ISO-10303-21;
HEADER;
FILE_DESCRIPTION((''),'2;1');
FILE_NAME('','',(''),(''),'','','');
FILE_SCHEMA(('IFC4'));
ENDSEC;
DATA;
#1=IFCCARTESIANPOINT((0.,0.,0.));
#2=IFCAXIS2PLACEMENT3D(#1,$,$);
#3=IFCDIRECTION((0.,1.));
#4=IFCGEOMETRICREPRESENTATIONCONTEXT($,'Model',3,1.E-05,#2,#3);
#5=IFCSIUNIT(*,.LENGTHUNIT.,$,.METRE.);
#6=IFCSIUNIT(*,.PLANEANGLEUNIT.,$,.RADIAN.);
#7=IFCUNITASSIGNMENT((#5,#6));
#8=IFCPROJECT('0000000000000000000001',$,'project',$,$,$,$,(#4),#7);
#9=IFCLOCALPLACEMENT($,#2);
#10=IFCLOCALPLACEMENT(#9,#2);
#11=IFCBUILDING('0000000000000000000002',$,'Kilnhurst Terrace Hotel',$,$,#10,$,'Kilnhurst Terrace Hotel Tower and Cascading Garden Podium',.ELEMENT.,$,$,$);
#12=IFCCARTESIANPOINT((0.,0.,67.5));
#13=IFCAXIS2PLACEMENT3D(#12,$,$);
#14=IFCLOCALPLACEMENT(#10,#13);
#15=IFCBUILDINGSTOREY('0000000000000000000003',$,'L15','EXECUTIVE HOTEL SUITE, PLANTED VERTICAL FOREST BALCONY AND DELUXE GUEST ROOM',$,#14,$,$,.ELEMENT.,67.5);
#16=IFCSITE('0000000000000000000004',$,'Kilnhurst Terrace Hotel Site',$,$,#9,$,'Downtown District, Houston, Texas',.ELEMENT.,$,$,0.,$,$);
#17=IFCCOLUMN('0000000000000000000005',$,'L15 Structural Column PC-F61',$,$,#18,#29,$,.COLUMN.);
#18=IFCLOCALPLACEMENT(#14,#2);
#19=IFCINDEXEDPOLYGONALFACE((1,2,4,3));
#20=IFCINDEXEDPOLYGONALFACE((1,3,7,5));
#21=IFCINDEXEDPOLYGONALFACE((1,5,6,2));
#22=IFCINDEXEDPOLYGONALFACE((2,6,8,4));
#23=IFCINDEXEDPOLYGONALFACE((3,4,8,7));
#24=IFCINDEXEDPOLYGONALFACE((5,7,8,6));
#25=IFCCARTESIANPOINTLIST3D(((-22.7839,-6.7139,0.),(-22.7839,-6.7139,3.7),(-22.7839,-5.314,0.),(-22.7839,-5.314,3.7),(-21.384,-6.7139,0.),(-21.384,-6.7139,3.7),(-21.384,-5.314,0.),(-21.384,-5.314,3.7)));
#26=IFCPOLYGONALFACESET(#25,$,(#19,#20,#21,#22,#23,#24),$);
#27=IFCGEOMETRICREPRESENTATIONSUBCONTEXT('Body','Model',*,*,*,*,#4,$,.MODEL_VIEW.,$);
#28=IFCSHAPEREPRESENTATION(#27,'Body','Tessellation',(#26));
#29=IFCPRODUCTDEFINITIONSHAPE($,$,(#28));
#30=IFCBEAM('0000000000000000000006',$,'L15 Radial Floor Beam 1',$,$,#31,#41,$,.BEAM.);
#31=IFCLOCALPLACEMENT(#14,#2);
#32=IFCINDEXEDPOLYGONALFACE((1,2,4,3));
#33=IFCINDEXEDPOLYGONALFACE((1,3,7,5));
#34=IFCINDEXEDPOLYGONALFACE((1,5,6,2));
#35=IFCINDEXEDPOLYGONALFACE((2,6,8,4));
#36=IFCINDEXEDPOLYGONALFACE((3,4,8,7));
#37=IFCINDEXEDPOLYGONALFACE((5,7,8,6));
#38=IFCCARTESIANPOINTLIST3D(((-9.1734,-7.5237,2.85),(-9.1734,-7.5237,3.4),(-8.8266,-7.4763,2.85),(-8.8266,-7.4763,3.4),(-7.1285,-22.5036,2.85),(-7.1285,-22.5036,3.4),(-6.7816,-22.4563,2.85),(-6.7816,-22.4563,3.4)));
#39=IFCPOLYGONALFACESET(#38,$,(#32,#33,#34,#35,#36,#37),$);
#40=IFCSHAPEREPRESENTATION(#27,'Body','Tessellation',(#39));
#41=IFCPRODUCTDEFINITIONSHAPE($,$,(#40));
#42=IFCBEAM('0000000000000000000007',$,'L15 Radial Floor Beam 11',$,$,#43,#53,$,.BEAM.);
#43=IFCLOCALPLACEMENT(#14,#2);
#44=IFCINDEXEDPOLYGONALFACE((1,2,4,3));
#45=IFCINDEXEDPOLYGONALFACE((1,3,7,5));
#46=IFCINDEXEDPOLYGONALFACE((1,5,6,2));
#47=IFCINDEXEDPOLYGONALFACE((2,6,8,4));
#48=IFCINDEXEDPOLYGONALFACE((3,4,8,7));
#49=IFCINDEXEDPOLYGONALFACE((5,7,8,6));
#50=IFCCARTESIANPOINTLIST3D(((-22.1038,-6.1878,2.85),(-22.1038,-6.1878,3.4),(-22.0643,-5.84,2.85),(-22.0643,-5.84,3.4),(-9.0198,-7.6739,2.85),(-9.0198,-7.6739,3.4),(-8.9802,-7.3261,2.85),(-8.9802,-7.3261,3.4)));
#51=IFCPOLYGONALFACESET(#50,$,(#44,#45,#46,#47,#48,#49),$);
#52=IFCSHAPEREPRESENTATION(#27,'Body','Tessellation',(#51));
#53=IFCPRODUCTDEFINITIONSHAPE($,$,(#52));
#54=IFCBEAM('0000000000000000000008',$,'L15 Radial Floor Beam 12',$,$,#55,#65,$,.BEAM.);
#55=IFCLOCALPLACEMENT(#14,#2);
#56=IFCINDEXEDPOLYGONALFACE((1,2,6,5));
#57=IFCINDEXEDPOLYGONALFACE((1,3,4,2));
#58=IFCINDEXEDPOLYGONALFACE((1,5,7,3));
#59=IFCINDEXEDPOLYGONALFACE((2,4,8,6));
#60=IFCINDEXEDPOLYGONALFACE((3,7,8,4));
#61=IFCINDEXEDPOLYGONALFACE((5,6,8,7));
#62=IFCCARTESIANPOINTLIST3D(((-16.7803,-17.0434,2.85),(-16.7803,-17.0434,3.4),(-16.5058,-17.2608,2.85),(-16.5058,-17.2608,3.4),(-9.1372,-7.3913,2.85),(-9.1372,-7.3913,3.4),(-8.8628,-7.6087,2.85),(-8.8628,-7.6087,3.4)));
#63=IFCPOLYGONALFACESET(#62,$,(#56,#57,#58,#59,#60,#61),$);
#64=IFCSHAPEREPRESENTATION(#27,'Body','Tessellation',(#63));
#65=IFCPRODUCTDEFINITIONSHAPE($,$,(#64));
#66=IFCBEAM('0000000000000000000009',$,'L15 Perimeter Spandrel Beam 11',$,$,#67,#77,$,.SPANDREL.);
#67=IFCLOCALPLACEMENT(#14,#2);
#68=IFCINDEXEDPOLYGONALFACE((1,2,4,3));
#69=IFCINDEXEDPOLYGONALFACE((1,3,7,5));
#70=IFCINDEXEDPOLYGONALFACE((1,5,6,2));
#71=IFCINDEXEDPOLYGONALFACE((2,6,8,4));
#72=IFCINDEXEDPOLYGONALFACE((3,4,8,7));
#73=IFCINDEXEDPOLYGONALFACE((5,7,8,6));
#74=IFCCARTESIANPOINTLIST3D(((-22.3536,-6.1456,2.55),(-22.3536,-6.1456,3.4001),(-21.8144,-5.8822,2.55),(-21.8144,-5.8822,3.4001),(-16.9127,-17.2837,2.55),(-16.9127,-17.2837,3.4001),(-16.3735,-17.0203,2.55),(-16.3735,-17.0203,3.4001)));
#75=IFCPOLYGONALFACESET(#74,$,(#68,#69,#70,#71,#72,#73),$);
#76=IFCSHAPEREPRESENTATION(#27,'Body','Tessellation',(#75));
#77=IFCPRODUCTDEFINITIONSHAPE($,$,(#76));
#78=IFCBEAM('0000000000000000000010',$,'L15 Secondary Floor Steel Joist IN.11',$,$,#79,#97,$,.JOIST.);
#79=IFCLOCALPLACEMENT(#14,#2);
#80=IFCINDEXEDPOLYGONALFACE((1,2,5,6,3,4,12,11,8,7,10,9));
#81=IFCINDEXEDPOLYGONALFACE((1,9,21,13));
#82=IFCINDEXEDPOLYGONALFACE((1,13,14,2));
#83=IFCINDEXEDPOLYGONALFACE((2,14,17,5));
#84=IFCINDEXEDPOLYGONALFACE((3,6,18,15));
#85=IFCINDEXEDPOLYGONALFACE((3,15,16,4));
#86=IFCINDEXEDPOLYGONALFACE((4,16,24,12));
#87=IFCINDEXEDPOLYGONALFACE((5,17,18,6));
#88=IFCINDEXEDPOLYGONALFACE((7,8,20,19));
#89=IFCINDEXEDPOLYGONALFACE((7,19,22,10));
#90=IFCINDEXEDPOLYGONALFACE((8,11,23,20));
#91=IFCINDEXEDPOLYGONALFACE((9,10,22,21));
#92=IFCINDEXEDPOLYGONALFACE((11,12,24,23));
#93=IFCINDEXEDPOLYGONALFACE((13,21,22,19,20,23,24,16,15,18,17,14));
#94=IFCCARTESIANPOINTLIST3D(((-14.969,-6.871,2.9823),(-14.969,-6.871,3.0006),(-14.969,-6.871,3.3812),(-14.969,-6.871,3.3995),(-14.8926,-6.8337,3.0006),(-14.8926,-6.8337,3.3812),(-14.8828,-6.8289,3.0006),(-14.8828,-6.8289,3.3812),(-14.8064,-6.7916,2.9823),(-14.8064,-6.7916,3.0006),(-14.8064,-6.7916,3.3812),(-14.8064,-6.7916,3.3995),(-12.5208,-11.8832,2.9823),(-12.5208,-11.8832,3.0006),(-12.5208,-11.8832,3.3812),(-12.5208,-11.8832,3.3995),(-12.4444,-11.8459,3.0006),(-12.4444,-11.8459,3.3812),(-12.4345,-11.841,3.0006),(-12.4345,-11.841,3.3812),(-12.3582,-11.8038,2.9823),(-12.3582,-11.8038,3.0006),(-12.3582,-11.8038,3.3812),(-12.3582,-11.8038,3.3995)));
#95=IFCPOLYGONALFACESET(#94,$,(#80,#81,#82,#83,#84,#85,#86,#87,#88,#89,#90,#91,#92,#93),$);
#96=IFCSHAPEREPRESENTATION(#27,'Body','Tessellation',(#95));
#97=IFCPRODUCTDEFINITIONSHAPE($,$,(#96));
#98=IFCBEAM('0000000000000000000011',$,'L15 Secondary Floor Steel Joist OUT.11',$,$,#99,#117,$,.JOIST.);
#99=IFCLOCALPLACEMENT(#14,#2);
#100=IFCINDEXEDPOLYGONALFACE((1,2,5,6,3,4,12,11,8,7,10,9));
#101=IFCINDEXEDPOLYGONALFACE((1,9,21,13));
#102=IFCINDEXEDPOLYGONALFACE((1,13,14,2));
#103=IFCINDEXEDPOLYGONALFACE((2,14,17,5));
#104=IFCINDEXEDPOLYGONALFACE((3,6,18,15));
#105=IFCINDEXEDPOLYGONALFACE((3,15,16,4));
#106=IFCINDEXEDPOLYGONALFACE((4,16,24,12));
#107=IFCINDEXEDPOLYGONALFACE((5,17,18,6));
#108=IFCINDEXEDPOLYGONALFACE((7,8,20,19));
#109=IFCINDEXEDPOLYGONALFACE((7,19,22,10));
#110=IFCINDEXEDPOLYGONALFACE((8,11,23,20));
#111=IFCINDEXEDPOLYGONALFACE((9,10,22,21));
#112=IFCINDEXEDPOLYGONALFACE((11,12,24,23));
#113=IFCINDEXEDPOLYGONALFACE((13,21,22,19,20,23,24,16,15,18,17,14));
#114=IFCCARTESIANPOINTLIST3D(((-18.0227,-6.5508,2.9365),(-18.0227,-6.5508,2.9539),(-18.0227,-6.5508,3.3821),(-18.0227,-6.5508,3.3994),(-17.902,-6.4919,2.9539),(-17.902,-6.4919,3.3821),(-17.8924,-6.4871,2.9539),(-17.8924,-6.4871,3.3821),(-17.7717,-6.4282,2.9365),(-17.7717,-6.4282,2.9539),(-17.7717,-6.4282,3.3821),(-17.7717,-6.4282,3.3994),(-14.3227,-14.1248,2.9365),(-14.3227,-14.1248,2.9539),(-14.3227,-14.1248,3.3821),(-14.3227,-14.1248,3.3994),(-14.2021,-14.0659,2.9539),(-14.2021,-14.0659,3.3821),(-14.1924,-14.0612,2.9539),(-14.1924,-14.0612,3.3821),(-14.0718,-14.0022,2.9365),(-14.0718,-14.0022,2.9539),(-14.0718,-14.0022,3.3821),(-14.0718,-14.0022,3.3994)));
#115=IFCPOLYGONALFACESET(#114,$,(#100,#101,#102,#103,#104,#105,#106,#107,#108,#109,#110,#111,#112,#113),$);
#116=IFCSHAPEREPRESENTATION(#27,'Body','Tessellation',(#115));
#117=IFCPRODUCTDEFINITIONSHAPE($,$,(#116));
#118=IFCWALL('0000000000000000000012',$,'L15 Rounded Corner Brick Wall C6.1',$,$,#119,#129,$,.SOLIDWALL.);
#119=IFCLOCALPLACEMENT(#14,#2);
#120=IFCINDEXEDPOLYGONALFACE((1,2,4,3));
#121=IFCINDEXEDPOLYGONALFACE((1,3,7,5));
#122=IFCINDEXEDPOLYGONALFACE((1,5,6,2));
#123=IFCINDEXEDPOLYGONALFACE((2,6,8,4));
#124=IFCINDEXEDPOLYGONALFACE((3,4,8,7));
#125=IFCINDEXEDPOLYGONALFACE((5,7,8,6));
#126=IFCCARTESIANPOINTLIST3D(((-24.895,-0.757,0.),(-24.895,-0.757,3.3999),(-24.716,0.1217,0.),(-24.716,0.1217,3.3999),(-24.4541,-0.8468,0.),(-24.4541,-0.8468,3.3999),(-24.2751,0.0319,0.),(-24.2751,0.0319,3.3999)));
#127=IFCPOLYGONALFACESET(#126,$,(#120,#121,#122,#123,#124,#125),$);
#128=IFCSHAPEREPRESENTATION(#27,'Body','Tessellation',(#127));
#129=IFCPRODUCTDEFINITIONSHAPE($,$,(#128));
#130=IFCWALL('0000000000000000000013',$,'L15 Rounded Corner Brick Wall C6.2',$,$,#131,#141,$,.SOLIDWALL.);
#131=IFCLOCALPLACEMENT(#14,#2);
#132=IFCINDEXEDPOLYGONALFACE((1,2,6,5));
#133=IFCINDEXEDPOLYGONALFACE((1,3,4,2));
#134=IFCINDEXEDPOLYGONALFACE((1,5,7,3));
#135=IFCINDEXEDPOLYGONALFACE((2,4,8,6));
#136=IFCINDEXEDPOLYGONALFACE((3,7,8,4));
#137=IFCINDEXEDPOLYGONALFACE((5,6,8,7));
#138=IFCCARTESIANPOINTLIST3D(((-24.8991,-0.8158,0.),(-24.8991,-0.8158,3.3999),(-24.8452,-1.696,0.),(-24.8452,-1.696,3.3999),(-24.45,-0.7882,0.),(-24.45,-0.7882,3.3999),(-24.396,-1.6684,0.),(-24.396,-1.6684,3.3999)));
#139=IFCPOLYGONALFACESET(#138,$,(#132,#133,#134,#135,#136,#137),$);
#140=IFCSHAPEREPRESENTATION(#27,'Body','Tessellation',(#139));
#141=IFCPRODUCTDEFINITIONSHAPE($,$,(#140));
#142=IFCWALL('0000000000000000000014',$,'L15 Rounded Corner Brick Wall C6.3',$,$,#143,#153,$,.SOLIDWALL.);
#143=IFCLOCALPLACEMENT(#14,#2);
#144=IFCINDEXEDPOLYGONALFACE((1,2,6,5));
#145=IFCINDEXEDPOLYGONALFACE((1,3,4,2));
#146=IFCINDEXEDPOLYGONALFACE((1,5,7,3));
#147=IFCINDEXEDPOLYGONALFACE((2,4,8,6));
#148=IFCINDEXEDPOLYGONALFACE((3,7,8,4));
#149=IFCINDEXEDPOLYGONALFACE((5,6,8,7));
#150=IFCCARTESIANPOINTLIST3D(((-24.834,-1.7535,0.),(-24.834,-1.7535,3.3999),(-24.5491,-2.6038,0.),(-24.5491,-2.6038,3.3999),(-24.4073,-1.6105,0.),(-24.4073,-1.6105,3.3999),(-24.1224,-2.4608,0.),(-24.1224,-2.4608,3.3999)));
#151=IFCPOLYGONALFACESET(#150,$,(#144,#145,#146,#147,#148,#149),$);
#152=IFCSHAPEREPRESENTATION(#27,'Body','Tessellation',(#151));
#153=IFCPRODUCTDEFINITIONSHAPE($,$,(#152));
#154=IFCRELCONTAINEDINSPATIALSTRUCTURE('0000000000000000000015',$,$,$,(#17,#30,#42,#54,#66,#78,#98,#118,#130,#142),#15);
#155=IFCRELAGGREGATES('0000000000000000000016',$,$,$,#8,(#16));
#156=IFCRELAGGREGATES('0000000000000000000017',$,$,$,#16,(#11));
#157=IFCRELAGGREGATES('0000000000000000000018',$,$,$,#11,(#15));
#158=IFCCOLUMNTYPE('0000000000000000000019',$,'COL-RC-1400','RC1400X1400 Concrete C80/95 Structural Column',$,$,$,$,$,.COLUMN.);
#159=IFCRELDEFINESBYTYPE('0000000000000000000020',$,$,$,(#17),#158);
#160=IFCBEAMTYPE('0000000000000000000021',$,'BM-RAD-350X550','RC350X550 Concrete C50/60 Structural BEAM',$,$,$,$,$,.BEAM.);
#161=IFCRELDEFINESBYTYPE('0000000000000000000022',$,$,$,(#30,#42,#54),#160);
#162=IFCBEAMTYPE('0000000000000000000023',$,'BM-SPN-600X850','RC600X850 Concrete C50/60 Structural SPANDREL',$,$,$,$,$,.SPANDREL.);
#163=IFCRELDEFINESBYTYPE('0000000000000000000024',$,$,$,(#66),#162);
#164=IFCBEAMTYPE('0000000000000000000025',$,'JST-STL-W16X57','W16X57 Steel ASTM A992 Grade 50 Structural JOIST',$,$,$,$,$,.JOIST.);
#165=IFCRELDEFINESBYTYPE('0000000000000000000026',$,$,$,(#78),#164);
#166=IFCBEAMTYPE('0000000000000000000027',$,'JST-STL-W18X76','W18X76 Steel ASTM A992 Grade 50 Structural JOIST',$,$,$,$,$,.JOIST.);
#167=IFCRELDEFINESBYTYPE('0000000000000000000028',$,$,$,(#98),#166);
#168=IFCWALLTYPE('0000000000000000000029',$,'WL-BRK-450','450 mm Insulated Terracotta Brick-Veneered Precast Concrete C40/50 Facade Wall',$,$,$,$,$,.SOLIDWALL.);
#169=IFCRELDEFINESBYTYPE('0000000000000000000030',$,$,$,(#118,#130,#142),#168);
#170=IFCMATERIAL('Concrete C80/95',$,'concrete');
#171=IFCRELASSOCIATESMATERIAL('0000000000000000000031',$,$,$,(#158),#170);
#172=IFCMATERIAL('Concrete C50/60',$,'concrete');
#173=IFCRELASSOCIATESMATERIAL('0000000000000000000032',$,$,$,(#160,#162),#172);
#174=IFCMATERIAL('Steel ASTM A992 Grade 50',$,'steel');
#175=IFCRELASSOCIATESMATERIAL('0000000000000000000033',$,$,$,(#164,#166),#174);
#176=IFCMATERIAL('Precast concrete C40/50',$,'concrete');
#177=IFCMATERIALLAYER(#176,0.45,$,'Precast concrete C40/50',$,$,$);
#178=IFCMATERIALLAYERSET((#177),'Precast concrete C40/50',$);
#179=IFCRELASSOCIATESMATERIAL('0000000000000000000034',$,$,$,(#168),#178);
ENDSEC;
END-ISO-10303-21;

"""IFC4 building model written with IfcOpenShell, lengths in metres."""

from ifc_helpers import new_model, si_unit, direction, frame, frame_2d, origin, origin_2d, place, context, subcontext, project, spatial, rectangle, i_section, extrude, material, layer, layer_set, material_profile, profile_set, type_object, element, save


model = new_model("IFC4")

# Units and contexts
model_context = context("Model", 3, precision=1e-05, world=origin(), true_north=direction((0.0, 1.0)))
body_context = subcontext(model_context, "Body", "Model", "MODEL_VIEW")
ifc_project = project(units=[si_unit("LENGTHUNIT", "METRE"), si_unit("PLANEANGLEUNIT", "RADIAN")], contexts=[model_context])

# Site, building, storey
site_placement = place(None, origin())
site = spatial("IfcSite", under=ifc_project, at=site_placement, Name="Kilnhurst Terrace Hotel Site", LongName="Downtown District, Houston, Texas", CompositionType="ELEMENT", RefElevation=0.0)
building_placement = place(site_placement, origin())
building = spatial("IfcBuilding", under=site, at=building_placement, Name="Kilnhurst Terrace Hotel", LongName="Kilnhurst Terrace Hotel Tower and Cascading Garden Podium", CompositionType="ELEMENT")
storey_placement = place(building_placement, frame((0.0, 0.0, 67.5)))
storey = spatial("IfcBuildingStorey", under=building, at=storey_placement, Name="L15", Description="EXECUTIVE HOTEL SUITE, PLANTED VERTICAL FOREST BALCONY AND DELUXE GUEST ROOM", CompositionType="ELEMENT", Elevation=67.5)

# Column
ifc_material_1 = material(Name="Concrete C80/95", Category="concrete")
ifc_material_profile_1 = material_profile(ifc_material_1, rectangle(XDim=1.3999, YDim=1.3999, at=origin_2d()), Name="RC1400X1400")
ifc_profile_set_1 = profile_set([ifc_material_profile_1], Name="Concrete C80/95")
column_type = type_object("IfcColumnType", Name="COL-RC-1400", Description="RC1400X1400 Concrete C80/95 Structural Column", PredefinedType="COLUMN", material=ifc_profile_set_1)
column_placement = place(storey_placement, frame((-22.084, -6.0139, 0.0), z_axis=(0.0, 0.0, 1.0), x_axis=(1.0, 0.0, 0.0)))
element("IfcColumn", 1, at=column_placement, inside=storey, type_object=column_type, Name="L15 Structural Column PC-F61", PredefinedType="COLUMN", context=body_context, shape_type="SweptSolid", body=[
    extrude(rectangle(XDim=1.3999, YDim=1.3999, at=origin_2d()), origin(), (0.0, 0.0, 1.0), 3.7),
])

# Beams
ifc_material_2 = material(Name="Concrete C50/60", Category="concrete")
ifc_material_profile_2 = material_profile(ifc_material_2, rectangle(XDim=0.3501, YDim=0.55, at=origin_2d()), Name="RC350X550")
ifc_profile_set_2 = profile_set([ifc_material_profile_2], Name="Concrete C50/60")
beam_type_1 = type_object("IfcBeamType", Name="BM-RAD-350X550", Description="RC350X550 Concrete C50/60 Structural BEAM", PredefinedType="BEAM", material=ifc_profile_set_2)
beam_1_placement = place(storey_placement, frame((-9.0, -7.5, 3.125), z_axis=(0.135256, -0.990811, 0.0), x_axis=(0.990811, 0.135256, 0.0)))
element("IfcBeam", 2, at=beam_1_placement, inside=storey, type_object=beam_type_1, Name="L15 Radial Floor Beam 1", PredefinedType="BEAM", context=body_context, shape_type="SweptSolid", body=[
    extrude(rectangle(XDim=0.3501, YDim=0.55, at=origin_2d()), origin(), (0.0, 0.0, 1.0), 15.1189),
])
beam_2_placement = place(storey_placement, frame((-9.0, -7.5, 3.125), z_axis=(-0.993611, 0.112855, 0.0), x_axis=(-0.112855, -0.993611, 0.0)))
element("IfcBeam", 3, at=beam_2_placement, inside=storey, type_object=beam_type_1, Name="L15 Radial Floor Beam 11", PredefinedType="BEAM", context=body_context, shape_type="SweptSolid", body=[
    extrude(rectangle(XDim=0.3501, YDim=0.55, at=origin_2d()), origin(), (0.0, 0.0, 1.0), 13.1682),
])
beam_3_placement = place(storey_placement, frame((-9.0, -7.5, 3.125), z_axis=(-0.620794, -0.783974, 0.0), x_axis=(0.783974, -0.620794, 0.0)))
element("IfcBeam", 4, at=beam_3_placement, inside=storey, type_object=beam_type_1, Name="L15 Radial Floor Beam 12", PredefinedType="BEAM", context=body_context, shape_type="SweptSolid", body=[
    extrude(rectangle(XDim=0.3501, YDim=0.55, at=origin_2d()), origin(), (0.0, 0.0, 1.0), 12.3118),
])
ifc_material_profile_3 = material_profile(ifc_material_2, rectangle(XDim=0.6001, YDim=0.8501, at=origin_2d()), Name="RC600X850")
ifc_profile_set_3 = profile_set([ifc_material_profile_3], Name="Concrete C50/60")
beam_type_2 = type_object("IfcBeamType", Name="BM-SPN-600X850", Description="RC600X850 Concrete C50/60 Structural SPANDREL", PredefinedType="SPANDREL", material=ifc_profile_set_3)
beam_4_placement = place(storey_placement, frame((-22.084, -6.0139, 2.9751), z_axis=(0.438923, -0.898525, 0.0), x_axis=(0.898525, 0.438923, 0.0)))
element("IfcBeam", 5, at=beam_4_placement, inside=storey, type_object=beam_type_2, Name="L15 Perimeter Spandrel Beam 11", PredefinedType="SPANDREL", context=body_context, shape_type="SweptSolid", body=[
    extrude(rectangle(XDim=0.6001, YDim=0.8501, at=origin_2d()), origin(), (0.0, 0.0, 1.0), 12.396),
])
ifc_material_3 = material(Name="Steel ASTM A992 Grade 50", Category="steel")
ifc_material_profile_4 = material_profile(ifc_material_3, i_section(OverallWidth=0.1809, OverallDepth=0.4172, WebThickness=0.011, FlangeThickness=0.0183, at=origin_2d()), Name="W16X57")
ifc_profile_set_4 = profile_set([ifc_material_profile_4], Name="Steel ASTM A992 Grade 50")
beam_type_3 = type_object("IfcBeamType", Name="JST-STL-W16X57", Description="W16X57 Steel ASTM A992 Grade 50 Structural JOIST", PredefinedType="JOIST", material=ifc_profile_set_4)
beam_5_placement = place(storey_placement, frame((-14.8877, -6.8313, 3.1909), z_axis=(0.438896, -0.898538, 0.0), x_axis=(0.898538, 0.438896, 0.0)))
element("IfcBeam", 6, at=beam_5_placement, inside=storey, type_object=beam_type_3, Name="L15 Secondary Floor Steel Joist IN.11", PredefinedType="JOIST", context=body_context, shape_type="SweptSolid", body=[
    extrude(i_section(OverallWidth=0.1809, OverallDepth=0.4172, WebThickness=0.011, FlangeThickness=0.0183, at=origin_2d()), origin(), (0.0, 0.0, 1.0), 5.5781),
])
ifc_material_profile_5 = material_profile(ifc_material_3, i_section(OverallWidth=0.2793, OverallDepth=0.4629, WebThickness=0.0107, FlangeThickness=0.0173, at=origin_2d()), Name="W18X76")
ifc_profile_set_5 = profile_set([ifc_material_profile_5], Name="Steel ASTM A992 Grade 50")
beam_type_4 = type_object("IfcBeamType", Name="JST-STL-W18X76", Description="W18X76 Steel ASTM A992 Grade 50 Structural JOIST", PredefinedType="JOIST", material=ifc_profile_set_5)
beam_6_placement = place(storey_placement, frame((-17.8972, -6.4895, 3.168), z_axis=(0.438934, -0.898519, 0.0), x_axis=(0.898519, 0.438934, 0.0)))
element("IfcBeam", 7, at=beam_6_placement, inside=storey, type_object=beam_type_4, Name="L15 Secondary Floor Steel Joist OUT.11", PredefinedType="JOIST", context=body_context, shape_type="SweptSolid", body=[
    extrude(i_section(OverallWidth=0.2793, OverallDepth=0.4629, WebThickness=0.0107, FlangeThickness=0.0173, at=origin_2d()), origin(), (0.0, 0.0, 1.0), 8.4294),
])

# Walls
ifc_material_4 = material(Name="Precast concrete C40/50", Category="concrete")
ifc_layer_1 = layer(ifc_material_4, 0.45, Name="Precast concrete C40/50")
ifc_layer_set_1 = layer_set([ifc_layer_1], Name="Precast concrete C40/50")
wall_type_1 = type_object("IfcWallType", Name="WL-BRK-450", Description="450 mm Insulated Terracotta Brick-Veneered Precast Concrete C40/50 Facade Wall", PredefinedType="SOLIDWALL", material=ifc_layer_set_1)
wall_1_placement = place(storey_placement, frame((-24.4956, 0.0767, 0.0), z_axis=(0.0, 0.0, 1.0), x_axis=(-0.199571, -0.979883, 0.0)))
element("IfcWall", 8, at=wall_1_placement, inside=storey, type_object=wall_type_1, Name="L15 Rounded Corner Brick Wall C6.1", PredefinedType="SOLIDWALL", context=body_context, shape_type="SweptSolid", body=[
    extrude(rectangle(XDim=0.8967, YDim=0.45, at=frame_2d((0.4482, 0.0))), origin(), (0.0, 0.0, 1.0), 3.3999),
])
wall_2_placement = place(storey_placement, frame((-24.6746, -0.802, 0.0), z_axis=(0.0, 0.0, 1.0), x_axis=(0.061189, -0.998126, 0.0)))
element("IfcWall", 9, at=wall_2_placement, inside=storey, type_object=wall_type_1, Name="L15 Rounded Corner Brick Wall C6.2", PredefinedType="SOLIDWALL", context=body_context, shape_type="SweptSolid", body=[
    extrude(rectangle(XDim=0.8818, YDim=0.45, at=frame_2d((0.4409, 0.0))), origin(), (0.0, 0.0, 1.0), 3.3999),
])
wall_3_placement = place(storey_placement, frame((-24.6206, -1.6821, 0.0), z_axis=(0.0, 0.0, 1.0), x_axis=(0.317697, -0.948192, 0.0)))
element("IfcWall", 10, at=wall_3_placement, inside=storey, type_object=wall_type_1, Name="L15 Rounded Corner Brick Wall C6.3", PredefinedType="SOLIDWALL", context=body_context, shape_type="SweptSolid", body=[
    extrude(rectangle(XDim=0.8967, YDim=0.45, at=frame_2d((0.4482, 0.0))), origin(), (0.0, 0.0, 1.0), 3.3999),
])

save(model, "model.ifc")
